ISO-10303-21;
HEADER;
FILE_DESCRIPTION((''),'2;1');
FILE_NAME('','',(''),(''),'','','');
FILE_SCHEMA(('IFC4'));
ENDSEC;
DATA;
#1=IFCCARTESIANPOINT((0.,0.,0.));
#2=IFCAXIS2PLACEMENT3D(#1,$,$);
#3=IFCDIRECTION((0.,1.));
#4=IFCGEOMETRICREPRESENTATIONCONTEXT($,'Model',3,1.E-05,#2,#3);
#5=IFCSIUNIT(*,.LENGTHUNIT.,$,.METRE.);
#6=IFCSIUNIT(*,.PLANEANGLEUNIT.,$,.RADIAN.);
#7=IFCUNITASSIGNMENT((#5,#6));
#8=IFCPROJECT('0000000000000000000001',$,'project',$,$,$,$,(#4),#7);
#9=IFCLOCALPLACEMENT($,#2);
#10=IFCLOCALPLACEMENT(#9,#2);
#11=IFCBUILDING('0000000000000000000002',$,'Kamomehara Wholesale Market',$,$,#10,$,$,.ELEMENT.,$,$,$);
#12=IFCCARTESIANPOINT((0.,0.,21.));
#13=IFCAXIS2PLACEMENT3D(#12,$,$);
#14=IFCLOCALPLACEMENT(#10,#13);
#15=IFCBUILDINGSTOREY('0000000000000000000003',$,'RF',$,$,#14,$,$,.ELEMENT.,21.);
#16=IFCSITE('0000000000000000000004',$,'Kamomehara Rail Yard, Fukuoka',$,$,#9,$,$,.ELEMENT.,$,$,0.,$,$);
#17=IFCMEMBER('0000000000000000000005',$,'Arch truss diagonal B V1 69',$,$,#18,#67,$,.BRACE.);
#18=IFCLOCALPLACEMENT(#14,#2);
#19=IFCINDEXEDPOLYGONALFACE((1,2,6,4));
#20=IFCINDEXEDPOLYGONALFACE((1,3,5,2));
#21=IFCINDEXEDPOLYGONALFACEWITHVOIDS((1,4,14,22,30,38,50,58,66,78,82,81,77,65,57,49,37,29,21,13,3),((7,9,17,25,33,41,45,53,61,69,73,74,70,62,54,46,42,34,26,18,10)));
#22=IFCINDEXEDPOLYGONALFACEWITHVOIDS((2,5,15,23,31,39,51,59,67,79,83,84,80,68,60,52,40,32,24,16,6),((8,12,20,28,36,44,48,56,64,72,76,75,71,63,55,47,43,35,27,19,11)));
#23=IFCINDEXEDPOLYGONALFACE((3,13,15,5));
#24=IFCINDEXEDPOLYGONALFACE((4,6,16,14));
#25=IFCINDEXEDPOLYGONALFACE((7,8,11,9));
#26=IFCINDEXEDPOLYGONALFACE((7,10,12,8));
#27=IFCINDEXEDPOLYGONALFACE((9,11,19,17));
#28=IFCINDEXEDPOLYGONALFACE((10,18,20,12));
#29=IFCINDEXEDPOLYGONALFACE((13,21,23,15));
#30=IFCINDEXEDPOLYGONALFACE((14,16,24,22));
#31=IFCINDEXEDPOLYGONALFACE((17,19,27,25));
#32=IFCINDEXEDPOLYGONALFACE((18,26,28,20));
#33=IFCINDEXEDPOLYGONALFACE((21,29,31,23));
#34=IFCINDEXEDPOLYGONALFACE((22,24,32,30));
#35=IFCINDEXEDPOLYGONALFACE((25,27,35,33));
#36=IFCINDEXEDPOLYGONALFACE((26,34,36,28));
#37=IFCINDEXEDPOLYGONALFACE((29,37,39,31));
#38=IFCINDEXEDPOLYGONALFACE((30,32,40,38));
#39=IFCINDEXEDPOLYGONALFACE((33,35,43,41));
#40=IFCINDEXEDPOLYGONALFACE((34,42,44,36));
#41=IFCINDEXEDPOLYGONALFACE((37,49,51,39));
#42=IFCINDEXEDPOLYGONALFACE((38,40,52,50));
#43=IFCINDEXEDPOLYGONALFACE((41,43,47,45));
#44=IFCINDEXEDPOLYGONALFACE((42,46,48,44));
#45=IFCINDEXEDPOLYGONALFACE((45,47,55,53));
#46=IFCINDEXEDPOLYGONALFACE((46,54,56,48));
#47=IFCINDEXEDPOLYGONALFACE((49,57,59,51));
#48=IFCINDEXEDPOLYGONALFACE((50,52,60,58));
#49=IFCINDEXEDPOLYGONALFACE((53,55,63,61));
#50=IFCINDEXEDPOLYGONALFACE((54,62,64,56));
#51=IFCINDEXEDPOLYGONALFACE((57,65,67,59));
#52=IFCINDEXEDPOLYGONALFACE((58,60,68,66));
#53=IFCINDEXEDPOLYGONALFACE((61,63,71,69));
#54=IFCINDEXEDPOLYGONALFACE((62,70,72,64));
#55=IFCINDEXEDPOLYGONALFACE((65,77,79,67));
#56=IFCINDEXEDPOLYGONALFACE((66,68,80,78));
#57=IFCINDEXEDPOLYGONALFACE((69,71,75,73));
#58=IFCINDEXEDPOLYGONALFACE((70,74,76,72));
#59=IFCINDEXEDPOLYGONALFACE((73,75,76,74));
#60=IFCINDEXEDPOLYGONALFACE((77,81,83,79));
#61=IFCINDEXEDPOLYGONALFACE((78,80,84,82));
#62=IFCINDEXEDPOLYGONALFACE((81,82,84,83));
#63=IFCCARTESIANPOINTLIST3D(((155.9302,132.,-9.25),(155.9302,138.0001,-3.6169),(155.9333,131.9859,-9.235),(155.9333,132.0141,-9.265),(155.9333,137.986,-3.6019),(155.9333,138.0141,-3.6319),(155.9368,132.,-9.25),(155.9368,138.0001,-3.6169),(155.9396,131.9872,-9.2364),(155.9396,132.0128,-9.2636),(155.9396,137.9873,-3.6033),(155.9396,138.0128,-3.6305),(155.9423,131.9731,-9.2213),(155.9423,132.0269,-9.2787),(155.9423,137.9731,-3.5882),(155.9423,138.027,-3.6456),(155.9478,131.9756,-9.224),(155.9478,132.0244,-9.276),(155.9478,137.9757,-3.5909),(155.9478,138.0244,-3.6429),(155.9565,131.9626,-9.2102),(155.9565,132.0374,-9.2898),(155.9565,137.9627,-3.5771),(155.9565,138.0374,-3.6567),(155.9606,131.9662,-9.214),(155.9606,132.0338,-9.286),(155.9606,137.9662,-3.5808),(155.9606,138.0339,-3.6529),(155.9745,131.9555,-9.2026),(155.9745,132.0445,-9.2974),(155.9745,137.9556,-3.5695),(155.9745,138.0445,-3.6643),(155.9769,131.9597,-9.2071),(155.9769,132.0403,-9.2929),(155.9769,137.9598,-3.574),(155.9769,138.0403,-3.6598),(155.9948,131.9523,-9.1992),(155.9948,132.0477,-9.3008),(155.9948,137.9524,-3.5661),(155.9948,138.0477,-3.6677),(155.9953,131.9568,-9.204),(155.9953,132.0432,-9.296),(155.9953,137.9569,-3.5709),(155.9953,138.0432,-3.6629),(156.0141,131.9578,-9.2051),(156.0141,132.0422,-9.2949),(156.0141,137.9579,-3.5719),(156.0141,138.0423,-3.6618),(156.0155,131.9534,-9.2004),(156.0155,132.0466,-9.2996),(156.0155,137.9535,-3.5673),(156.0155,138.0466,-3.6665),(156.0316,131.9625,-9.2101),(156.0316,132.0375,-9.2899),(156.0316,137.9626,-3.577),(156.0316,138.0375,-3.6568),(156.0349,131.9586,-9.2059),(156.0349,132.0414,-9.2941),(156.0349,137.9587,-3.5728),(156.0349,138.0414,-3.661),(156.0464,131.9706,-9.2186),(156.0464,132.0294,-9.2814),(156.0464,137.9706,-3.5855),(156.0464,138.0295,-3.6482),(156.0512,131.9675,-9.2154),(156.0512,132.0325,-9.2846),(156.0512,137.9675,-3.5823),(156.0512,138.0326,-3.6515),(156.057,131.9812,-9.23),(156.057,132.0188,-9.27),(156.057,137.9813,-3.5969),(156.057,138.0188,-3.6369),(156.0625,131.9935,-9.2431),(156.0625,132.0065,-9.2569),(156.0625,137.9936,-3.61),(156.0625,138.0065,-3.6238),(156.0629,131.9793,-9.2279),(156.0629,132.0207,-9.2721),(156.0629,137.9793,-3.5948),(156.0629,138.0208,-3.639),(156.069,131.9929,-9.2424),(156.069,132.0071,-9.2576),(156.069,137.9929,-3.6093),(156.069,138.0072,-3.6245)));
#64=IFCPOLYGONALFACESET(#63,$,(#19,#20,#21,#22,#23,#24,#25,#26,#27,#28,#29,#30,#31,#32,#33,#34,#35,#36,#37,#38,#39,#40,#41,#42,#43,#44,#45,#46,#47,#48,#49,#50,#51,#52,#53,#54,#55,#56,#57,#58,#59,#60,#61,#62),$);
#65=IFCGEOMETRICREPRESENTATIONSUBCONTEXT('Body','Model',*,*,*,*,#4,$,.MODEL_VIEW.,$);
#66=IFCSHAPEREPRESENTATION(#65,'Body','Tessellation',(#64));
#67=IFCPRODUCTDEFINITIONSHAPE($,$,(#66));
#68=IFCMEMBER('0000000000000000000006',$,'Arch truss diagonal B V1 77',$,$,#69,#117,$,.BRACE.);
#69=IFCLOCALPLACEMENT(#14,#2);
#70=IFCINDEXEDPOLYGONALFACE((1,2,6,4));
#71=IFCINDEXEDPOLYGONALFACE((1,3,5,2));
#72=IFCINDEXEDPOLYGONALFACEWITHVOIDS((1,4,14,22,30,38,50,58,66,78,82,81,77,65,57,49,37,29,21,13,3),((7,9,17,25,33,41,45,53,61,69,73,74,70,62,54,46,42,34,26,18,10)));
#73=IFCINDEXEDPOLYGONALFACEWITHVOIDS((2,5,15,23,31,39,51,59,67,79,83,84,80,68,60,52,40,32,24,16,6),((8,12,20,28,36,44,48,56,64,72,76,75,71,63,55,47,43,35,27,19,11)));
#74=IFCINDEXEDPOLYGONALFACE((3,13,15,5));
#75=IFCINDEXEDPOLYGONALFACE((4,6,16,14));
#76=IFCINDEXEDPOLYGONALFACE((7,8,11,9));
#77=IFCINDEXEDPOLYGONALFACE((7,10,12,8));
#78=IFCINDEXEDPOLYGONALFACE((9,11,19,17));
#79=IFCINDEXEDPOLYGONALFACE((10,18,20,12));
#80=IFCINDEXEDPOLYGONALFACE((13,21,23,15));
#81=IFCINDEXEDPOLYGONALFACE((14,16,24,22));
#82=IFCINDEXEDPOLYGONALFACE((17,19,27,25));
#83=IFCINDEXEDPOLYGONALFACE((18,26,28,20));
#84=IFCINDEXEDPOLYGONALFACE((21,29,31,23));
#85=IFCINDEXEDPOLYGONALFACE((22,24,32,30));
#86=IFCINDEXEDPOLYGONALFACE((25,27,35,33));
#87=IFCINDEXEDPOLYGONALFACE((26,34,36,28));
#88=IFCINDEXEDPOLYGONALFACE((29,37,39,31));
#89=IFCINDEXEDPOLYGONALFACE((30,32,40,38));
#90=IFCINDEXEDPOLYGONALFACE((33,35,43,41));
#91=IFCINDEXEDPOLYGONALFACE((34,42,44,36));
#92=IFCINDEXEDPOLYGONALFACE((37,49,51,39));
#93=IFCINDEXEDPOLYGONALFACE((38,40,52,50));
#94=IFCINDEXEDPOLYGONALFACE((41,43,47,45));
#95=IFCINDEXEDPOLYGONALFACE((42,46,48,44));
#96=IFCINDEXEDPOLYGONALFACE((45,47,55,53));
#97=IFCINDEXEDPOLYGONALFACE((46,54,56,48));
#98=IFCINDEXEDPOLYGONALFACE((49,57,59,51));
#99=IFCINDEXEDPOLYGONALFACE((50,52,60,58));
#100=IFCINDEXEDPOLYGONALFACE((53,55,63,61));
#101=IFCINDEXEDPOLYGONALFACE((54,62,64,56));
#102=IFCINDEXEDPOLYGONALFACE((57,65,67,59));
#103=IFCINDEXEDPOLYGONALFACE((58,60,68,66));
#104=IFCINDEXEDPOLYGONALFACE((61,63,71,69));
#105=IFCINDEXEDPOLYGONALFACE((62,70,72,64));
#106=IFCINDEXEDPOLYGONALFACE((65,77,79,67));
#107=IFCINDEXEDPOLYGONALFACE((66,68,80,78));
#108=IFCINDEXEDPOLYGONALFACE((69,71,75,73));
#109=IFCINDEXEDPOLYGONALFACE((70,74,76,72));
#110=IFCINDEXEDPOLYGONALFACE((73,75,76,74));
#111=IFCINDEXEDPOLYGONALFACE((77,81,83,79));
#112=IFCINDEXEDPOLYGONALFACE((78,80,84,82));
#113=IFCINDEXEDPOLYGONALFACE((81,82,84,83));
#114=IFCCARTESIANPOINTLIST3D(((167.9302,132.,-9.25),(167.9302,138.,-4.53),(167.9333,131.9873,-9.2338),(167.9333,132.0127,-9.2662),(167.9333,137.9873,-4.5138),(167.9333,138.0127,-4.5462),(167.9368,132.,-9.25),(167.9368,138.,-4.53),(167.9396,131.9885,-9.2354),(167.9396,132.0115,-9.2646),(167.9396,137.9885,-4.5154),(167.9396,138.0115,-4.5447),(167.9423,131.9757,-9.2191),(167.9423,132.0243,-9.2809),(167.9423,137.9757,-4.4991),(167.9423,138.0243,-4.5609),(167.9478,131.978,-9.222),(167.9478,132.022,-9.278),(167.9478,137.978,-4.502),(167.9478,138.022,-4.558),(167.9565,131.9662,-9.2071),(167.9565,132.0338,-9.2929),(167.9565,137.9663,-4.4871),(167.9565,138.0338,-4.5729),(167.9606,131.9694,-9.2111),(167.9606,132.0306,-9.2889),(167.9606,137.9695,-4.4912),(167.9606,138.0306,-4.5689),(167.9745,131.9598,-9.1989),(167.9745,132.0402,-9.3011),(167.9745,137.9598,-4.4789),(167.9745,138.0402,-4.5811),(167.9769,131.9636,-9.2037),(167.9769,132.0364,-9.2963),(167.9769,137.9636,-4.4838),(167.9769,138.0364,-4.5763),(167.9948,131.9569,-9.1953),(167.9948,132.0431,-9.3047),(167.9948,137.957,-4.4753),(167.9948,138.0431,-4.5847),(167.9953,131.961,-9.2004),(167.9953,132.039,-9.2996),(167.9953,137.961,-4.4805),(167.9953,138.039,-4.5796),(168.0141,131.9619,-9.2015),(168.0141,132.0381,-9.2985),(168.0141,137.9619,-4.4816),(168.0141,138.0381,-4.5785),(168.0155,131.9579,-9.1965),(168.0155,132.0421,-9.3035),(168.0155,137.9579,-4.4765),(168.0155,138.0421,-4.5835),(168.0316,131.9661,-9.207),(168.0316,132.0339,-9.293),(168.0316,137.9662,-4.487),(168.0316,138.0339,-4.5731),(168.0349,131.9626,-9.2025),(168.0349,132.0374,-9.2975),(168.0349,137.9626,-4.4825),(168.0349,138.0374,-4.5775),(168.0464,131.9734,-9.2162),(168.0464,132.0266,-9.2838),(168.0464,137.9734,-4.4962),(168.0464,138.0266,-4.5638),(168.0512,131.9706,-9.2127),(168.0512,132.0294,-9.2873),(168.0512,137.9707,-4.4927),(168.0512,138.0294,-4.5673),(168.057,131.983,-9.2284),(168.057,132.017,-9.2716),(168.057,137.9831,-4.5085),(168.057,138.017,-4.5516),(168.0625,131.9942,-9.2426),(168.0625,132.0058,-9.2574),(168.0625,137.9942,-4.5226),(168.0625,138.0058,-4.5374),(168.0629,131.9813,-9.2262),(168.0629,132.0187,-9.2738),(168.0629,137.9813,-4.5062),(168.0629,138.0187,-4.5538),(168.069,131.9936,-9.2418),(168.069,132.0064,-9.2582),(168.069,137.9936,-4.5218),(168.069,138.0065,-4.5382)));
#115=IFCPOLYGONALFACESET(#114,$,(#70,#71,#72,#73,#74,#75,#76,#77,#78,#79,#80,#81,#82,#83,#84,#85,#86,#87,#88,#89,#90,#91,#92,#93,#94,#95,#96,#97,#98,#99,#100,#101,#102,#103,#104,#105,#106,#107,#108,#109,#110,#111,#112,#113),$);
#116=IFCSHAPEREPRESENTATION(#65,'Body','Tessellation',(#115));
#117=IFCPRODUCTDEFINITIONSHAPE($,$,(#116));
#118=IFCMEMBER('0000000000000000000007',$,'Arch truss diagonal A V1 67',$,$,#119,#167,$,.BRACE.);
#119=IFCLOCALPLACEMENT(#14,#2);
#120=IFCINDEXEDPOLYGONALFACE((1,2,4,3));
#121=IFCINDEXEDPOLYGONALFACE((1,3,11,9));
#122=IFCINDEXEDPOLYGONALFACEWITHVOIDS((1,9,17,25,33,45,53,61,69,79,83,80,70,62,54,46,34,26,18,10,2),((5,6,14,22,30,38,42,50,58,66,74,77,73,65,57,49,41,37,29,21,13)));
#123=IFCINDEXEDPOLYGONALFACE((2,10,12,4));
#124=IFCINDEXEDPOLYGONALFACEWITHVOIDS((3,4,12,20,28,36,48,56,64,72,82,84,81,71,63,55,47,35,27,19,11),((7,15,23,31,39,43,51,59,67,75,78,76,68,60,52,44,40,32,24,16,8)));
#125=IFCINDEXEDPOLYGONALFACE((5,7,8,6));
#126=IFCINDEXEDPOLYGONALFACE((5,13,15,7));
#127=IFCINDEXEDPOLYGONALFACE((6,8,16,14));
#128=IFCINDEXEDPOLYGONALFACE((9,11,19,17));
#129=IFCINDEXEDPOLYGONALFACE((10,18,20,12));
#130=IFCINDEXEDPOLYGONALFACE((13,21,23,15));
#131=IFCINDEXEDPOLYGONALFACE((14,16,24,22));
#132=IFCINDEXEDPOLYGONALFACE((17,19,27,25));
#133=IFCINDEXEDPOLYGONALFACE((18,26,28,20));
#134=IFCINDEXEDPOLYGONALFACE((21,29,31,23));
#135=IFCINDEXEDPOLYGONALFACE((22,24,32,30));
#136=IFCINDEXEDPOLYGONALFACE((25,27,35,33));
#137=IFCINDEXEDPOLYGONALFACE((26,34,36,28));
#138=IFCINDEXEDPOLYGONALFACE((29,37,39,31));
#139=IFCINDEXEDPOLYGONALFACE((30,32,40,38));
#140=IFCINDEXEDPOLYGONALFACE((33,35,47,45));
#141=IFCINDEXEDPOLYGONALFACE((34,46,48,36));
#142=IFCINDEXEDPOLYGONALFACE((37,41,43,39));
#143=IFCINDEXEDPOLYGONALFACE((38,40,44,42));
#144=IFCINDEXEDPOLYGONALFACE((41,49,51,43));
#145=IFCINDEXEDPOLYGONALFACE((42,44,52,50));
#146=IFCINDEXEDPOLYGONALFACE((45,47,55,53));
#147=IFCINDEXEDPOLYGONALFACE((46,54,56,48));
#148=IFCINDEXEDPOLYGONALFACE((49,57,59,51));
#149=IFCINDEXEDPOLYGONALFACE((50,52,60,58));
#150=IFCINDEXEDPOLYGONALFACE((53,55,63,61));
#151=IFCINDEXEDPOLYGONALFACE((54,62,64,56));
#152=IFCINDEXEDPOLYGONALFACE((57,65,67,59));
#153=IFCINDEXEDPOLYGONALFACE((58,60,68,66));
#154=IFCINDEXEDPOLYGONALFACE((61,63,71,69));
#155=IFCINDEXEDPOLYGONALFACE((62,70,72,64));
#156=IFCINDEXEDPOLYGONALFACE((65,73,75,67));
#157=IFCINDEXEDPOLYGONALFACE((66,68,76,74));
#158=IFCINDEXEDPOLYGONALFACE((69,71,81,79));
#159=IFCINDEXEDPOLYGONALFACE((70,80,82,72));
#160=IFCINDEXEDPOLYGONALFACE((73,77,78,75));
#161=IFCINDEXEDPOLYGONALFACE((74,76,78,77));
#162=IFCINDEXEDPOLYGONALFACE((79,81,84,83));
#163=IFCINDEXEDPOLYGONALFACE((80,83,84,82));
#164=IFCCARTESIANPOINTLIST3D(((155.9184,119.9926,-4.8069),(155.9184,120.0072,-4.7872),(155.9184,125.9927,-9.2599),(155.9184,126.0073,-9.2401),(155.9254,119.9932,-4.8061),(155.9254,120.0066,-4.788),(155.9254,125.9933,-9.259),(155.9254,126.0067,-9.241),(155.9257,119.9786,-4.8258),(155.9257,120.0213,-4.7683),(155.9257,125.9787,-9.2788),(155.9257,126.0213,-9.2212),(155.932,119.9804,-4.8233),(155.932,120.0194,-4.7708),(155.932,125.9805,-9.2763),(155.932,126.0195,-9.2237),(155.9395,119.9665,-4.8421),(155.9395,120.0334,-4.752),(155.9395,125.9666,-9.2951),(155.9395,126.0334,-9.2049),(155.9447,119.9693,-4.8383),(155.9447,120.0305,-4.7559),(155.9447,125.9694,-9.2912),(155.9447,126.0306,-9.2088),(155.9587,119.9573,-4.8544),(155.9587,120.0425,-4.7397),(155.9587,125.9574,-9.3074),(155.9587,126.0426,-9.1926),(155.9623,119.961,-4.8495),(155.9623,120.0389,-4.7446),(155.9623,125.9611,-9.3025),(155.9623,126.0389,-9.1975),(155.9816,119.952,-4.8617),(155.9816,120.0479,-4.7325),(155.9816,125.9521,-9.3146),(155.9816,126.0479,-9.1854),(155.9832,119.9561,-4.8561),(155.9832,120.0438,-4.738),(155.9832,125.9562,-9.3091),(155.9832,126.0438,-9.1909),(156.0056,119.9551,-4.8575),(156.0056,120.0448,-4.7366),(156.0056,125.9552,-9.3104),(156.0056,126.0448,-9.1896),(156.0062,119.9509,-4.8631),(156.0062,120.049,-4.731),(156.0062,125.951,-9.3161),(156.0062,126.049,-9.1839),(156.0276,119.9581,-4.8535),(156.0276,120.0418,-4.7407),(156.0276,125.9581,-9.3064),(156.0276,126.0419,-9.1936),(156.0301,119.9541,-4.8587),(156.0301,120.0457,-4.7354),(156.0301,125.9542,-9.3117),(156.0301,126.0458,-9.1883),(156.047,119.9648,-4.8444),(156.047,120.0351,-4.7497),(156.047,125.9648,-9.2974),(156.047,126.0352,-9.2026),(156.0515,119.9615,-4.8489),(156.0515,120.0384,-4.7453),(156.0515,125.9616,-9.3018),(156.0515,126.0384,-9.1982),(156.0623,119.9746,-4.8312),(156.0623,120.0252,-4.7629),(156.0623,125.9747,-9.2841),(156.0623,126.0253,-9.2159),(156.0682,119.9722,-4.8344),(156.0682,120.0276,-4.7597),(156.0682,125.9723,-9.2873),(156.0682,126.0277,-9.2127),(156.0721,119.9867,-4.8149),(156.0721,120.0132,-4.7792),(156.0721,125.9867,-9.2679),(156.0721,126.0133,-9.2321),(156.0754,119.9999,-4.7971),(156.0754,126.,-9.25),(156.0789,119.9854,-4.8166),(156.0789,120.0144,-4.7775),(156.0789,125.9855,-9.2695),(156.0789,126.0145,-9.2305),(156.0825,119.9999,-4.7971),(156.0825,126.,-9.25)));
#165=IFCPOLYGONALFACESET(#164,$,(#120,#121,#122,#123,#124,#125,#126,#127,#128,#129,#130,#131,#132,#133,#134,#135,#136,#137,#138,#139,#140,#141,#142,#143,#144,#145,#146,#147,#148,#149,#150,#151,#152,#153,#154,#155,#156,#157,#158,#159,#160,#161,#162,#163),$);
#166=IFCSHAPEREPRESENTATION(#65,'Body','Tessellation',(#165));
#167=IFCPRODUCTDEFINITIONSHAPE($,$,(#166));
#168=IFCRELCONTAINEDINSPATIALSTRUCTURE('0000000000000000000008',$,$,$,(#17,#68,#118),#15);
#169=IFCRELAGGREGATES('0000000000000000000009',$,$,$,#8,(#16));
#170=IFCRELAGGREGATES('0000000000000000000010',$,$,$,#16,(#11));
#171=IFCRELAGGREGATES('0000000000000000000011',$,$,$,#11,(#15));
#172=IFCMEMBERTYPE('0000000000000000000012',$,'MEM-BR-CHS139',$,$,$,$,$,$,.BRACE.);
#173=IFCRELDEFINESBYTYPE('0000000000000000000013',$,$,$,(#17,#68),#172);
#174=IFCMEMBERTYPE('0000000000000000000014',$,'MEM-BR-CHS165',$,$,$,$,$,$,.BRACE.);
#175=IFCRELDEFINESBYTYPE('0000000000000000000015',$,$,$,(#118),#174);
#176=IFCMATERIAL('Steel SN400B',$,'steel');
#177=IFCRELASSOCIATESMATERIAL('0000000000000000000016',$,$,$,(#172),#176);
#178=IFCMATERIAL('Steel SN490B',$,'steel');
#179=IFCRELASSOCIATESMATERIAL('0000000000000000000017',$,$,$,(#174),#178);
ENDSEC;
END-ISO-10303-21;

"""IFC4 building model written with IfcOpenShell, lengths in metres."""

from ifc_helpers import new_model, si_unit, direction, frame, origin, origin_2d, place, context, subcontext, project, spatial, hollow_circle, extrude, material, material_profile, profile_set, type_object, element, save


model = new_model("IFC4")

# Units and contexts
model_context = context("Model", 3, precision=1e-05, world=origin(), true_north=direction((0.0, 1.0)))
body_context = subcontext(model_context, "Body", "Model", "MODEL_VIEW")
ifc_project = project(units=[si_unit("LENGTHUNIT", "METRE"), si_unit("PLANEANGLEUNIT", "RADIAN")], contexts=[model_context])

# Site, building, storey
site_placement = place(None, origin())
site = spatial("IfcSite", under=ifc_project, at=site_placement, Name="Kamomehara Rail Yard, Fukuoka", CompositionType="ELEMENT", RefElevation=0.0)
building_placement = place(site_placement, origin())
building = spatial("IfcBuilding", under=site, at=building_placement, Name="Kamomehara Wholesale Market", CompositionType="ELEMENT")
storey_placement = place(building_placement, frame((0.0, 0.0, 21.0)))
storey = spatial("IfcBuildingStorey", under=building, at=storey_placement, Name="RF", CompositionType="ELEMENT", Elevation=21.0)

# Members
ifc_material_1 = material(Name="Steel SN400B", Category="steel")
ifc_material_profile_1 = material_profile(ifc_material_1, hollow_circle(Radius=0.0698, WallThickness=0.0066, at=origin_2d()), Name="CHS-139.8x6.6")
ifc_profile_set_1 = profile_set([ifc_material_profile_1], Name="Steel SN400B")
member_type_1 = type_object("IfcMemberType", Name="MEM-BR-CHS139", PredefinedType="BRACE", material=ifc_profile_set_1)
member_1_placement = place(storey_placement, frame((156.0, 132.0, -9.25), z_axis=(0.0, 0.729049, 0.684462), x_axis=(-1.0, 0.0, 0.0)))
element("IfcMember", 1, at=member_1_placement, inside=storey, type_object=member_type_1, Name="Arch truss diagonal B V1 69", PredefinedType="BRACE", context=body_context, shape_type="SweptSolid", body=[
    extrude(hollow_circle(Radius=0.0698, WallThickness=0.0066, at=origin_2d()), origin(), (0.0, 0.0, 1.0), 8.23),
])
member_2_placement = place(storey_placement, frame((168.0, 132.0, -9.25), z_axis=(0.0, 0.785956, 0.618282), x_axis=(-1.0, 0.0, 0.0)))
element("IfcMember", 2, at=member_2_placement, inside=storey, type_object=member_type_1, Name="Arch truss diagonal B V1 77", PredefinedType="BRACE", context=body_context, shape_type="SweptSolid", body=[
    extrude(hollow_circle(Radius=0.0698, WallThickness=0.0066, at=origin_2d()), origin(), (0.0, 0.0, 1.0), 7.634),
])
ifc_material_2 = material(Name="Steel SN490B", Category="steel")
ifc_material_profile_2 = material_profile(ifc_material_2, hollow_circle(Radius=0.0825, WallThickness=0.0071, at=origin_2d()), Name="CHS-165.2x7.1")
ifc_profile_set_2 = profile_set([ifc_material_profile_2], Name="Steel SN490B")
member_type_2 = type_object("IfcMemberType", Name="MEM-BR-CHS165", PredefinedType="BRACE", material=ifc_profile_set_2)
member_3_placement = place(storey_placement, frame((156.0, 126.0, -9.25), z_axis=(0.0, -0.803017, 0.595956), x_axis=(1.0, 0.0, 0.0)))
element("IfcMember", 3, at=member_3_placement, inside=storey, type_object=member_type_2, Name="Arch truss diagonal A V1 67", PredefinedType="BRACE", context=body_context, shape_type="SweptSolid", body=[
    extrude(hollow_circle(Radius=0.0825, WallThickness=0.0071, at=origin_2d()), origin(), (0.0, 0.0, 1.0), 7.4719),
])

save(model, "model.ifc")
